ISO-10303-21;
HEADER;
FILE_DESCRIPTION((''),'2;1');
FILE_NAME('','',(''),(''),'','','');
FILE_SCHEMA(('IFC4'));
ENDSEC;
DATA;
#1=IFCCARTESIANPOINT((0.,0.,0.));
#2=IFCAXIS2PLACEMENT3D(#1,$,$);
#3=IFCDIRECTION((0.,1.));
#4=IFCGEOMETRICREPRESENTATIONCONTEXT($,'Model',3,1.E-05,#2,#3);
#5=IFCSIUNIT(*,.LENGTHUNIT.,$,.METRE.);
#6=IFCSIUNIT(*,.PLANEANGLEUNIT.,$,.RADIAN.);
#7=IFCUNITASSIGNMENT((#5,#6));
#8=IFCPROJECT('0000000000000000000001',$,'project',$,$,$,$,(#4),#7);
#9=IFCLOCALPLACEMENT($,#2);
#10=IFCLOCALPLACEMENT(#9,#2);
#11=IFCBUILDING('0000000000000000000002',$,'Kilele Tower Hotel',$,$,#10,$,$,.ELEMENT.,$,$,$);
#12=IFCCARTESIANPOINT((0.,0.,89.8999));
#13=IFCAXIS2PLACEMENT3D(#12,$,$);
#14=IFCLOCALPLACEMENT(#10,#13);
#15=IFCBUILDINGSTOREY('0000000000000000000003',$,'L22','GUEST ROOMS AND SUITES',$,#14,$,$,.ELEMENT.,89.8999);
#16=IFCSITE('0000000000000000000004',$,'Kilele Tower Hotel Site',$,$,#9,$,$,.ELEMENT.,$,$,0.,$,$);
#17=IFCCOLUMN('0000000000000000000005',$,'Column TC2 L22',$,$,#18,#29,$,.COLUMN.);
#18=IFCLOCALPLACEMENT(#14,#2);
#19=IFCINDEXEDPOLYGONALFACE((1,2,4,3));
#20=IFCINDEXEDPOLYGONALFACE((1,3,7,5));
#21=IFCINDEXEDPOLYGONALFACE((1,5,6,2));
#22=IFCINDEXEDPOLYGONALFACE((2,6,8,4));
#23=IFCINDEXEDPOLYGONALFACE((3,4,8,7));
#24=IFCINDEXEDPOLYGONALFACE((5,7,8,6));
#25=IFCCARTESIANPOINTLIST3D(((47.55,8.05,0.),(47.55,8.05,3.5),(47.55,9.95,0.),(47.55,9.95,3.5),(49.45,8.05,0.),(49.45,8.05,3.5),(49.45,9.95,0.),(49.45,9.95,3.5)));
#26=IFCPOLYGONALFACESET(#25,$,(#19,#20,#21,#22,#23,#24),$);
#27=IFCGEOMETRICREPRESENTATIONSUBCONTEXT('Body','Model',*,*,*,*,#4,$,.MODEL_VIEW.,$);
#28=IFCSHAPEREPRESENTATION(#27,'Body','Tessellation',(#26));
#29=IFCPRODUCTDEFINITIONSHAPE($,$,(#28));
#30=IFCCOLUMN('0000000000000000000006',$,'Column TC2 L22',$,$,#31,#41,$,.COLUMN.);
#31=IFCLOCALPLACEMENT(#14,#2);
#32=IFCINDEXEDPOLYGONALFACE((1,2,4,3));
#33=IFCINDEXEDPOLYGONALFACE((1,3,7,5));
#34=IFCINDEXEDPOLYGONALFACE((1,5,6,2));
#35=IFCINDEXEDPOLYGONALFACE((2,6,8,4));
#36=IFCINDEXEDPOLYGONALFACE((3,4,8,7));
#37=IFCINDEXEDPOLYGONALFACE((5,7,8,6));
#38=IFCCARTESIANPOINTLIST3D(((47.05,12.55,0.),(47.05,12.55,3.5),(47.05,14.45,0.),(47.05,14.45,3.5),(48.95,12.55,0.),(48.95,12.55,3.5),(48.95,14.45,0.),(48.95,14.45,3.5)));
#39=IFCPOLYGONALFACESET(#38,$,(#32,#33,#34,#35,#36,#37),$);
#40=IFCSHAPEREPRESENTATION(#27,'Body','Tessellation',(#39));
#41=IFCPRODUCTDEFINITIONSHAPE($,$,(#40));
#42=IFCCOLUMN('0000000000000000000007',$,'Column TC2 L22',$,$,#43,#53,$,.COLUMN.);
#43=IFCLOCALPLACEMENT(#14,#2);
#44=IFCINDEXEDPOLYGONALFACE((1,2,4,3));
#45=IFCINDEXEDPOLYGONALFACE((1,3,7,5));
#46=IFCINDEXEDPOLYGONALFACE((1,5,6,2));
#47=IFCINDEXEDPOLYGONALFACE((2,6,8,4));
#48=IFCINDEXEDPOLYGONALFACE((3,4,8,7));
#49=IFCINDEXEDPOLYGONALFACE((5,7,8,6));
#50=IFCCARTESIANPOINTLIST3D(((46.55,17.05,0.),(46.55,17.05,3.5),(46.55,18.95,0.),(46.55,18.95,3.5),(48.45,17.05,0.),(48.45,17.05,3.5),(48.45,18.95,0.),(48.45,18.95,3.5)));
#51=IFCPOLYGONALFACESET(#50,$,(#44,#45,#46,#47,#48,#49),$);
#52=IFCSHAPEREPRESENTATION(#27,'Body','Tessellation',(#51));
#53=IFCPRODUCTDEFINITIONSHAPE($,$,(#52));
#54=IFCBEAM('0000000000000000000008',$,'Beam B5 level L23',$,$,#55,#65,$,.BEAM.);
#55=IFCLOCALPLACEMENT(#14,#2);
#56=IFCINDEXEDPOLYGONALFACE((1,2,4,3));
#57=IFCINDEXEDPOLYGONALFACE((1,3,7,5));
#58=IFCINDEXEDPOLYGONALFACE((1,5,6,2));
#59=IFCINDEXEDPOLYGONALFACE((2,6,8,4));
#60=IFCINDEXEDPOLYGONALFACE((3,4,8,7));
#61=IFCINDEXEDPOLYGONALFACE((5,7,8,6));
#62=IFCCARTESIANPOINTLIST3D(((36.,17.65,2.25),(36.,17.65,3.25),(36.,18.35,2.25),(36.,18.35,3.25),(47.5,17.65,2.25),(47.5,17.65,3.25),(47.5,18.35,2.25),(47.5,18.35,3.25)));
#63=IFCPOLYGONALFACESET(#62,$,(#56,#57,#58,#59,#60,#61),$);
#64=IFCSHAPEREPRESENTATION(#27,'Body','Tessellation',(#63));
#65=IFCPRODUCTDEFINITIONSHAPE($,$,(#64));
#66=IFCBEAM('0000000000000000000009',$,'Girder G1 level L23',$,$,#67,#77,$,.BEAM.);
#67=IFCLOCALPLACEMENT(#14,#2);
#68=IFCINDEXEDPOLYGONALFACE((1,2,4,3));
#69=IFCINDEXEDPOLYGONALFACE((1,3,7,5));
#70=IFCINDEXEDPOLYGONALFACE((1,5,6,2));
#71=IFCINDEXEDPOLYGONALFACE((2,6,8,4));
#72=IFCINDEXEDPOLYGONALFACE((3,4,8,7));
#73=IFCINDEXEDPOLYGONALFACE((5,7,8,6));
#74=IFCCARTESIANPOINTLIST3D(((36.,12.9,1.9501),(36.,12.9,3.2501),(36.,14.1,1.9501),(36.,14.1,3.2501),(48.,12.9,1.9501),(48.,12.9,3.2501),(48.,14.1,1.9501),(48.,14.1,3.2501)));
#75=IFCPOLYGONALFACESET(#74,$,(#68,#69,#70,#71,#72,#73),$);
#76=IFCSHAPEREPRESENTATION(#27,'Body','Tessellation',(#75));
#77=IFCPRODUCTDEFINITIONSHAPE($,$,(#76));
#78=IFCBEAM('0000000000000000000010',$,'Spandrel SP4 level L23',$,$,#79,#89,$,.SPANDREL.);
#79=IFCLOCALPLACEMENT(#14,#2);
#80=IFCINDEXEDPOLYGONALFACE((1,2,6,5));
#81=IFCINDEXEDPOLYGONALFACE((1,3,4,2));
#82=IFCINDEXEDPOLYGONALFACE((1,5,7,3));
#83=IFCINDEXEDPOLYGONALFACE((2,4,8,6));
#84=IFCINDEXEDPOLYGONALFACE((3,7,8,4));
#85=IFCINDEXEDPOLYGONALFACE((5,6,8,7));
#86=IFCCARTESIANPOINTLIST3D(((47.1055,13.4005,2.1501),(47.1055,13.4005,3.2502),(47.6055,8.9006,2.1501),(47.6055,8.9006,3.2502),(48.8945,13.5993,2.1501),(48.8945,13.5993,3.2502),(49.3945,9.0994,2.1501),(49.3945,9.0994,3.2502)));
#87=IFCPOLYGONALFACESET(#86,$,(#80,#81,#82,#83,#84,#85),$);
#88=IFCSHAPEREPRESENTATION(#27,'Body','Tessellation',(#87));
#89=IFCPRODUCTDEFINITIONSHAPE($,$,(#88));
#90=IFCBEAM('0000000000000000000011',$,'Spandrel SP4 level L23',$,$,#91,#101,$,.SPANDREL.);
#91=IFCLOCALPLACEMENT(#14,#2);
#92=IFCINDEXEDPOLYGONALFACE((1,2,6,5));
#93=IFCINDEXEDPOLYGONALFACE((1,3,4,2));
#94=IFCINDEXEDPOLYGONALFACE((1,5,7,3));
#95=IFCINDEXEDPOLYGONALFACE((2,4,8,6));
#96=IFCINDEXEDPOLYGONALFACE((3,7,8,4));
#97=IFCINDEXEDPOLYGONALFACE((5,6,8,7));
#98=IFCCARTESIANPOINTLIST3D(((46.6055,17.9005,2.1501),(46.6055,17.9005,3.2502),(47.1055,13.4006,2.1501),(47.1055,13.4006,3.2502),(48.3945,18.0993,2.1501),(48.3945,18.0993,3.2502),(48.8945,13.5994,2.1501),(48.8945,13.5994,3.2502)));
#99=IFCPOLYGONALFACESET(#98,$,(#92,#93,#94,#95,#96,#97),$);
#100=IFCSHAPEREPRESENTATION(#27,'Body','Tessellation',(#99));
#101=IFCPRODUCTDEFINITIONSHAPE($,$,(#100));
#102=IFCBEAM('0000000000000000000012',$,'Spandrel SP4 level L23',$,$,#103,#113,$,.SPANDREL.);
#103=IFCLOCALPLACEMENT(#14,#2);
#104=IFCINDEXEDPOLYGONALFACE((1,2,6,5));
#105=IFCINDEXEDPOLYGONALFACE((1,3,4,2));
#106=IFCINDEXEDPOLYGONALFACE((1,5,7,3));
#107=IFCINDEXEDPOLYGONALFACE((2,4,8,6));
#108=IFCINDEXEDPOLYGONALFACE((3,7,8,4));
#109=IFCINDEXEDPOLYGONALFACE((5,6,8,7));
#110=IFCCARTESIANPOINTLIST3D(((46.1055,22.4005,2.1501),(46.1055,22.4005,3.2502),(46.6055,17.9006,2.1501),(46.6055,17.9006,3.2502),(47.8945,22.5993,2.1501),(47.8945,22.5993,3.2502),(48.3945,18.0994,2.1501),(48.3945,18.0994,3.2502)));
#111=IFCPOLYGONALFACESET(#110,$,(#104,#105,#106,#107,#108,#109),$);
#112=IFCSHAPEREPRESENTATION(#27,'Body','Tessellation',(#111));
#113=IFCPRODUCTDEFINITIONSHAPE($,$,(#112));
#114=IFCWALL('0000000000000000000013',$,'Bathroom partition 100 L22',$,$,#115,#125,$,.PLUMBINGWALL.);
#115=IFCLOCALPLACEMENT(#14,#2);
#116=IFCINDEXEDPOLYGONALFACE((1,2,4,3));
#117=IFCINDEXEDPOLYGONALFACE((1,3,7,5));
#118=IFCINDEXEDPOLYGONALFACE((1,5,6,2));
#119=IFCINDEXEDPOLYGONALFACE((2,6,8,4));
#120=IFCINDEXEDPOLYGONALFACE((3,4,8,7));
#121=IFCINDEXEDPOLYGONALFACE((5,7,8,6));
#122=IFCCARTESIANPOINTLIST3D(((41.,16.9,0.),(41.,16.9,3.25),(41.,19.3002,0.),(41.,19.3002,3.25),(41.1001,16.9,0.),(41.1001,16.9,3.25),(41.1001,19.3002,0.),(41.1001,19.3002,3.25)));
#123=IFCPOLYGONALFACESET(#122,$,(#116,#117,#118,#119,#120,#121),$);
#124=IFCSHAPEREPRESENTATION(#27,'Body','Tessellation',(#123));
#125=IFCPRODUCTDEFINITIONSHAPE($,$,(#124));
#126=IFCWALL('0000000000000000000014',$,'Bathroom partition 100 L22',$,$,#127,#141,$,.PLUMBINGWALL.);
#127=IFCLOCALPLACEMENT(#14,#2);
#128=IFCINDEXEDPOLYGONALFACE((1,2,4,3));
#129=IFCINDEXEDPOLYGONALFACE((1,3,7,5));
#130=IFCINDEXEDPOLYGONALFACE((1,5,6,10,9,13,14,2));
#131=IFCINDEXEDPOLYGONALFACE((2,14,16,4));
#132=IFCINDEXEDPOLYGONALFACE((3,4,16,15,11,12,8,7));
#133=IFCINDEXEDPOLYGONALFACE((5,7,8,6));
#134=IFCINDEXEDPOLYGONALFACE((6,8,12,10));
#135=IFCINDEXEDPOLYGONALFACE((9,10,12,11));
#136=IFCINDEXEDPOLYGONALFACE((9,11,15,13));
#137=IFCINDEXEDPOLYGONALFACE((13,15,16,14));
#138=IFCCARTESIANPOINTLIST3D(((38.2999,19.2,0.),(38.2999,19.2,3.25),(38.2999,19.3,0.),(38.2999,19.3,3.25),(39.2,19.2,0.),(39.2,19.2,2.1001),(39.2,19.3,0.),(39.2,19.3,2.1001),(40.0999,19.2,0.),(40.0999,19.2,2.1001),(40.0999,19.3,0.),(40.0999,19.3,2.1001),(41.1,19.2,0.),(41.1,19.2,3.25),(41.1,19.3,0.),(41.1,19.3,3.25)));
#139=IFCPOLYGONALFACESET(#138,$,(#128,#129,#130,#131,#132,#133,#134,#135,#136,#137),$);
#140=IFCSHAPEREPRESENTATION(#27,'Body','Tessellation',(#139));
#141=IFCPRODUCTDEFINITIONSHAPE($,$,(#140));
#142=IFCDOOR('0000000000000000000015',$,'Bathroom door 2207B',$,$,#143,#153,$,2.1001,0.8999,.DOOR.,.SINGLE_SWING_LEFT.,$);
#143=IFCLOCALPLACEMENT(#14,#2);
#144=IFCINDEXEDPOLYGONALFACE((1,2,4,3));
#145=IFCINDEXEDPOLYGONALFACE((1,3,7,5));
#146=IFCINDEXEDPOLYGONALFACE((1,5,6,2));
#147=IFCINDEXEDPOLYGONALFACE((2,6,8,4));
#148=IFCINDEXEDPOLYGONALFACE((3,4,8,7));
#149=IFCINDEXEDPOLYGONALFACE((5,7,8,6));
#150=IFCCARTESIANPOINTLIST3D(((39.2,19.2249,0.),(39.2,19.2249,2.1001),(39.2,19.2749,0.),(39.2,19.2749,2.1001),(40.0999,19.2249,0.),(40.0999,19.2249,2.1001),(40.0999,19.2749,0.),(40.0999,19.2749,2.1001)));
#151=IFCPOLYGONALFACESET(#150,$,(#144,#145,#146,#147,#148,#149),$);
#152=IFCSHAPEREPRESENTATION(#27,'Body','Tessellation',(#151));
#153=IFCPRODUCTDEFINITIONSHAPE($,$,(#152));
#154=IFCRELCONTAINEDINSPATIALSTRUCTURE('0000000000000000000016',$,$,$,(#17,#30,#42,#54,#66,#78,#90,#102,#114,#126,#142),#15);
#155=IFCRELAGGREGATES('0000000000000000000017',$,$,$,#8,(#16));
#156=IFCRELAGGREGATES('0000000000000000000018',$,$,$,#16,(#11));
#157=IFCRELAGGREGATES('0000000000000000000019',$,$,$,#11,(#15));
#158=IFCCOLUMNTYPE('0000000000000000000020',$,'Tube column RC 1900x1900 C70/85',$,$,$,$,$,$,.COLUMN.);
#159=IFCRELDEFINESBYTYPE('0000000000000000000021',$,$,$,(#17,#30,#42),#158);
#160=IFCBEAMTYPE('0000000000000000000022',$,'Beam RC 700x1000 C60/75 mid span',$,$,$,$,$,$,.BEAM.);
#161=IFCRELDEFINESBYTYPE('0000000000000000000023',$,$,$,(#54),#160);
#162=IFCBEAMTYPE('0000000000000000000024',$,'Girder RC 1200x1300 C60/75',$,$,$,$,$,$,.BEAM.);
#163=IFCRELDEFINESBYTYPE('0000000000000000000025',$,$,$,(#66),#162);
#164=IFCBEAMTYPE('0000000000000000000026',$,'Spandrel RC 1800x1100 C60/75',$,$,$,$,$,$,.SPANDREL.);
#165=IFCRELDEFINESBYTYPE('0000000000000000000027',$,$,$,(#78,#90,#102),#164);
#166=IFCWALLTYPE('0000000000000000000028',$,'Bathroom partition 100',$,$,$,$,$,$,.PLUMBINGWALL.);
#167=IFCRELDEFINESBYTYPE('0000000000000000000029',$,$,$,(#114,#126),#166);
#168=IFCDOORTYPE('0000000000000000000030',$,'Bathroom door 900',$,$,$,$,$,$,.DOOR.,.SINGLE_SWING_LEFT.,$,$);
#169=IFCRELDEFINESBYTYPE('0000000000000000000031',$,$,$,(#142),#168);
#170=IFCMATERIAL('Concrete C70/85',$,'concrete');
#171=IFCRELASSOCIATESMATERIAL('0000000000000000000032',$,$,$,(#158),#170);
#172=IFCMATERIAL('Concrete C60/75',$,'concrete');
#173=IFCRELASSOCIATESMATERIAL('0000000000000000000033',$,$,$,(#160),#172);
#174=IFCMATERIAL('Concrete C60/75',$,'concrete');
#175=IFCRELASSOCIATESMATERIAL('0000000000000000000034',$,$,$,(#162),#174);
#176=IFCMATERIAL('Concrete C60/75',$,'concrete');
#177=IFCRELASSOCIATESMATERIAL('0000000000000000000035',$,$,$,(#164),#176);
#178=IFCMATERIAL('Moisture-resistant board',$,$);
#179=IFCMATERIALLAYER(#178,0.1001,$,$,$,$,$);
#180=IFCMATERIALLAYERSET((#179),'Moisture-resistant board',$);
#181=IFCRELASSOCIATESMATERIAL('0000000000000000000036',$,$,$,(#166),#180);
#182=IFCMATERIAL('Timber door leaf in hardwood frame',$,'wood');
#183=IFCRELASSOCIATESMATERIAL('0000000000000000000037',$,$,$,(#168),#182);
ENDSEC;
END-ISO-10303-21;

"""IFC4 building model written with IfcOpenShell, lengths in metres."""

from ifc_helpers import new_model, si_unit, direction, frame, frame_2d, origin, origin_2d, place, context, subcontext, project, spatial, rectangle, extrude, material, layer, layer_set, material_profile, profile_set, type_object, element, fill, save


model = new_model("IFC4")

# Units and contexts
model_context = context("Model", 3, precision=1e-05, world=origin(), true_north=direction((0.0, 1.0)))
body_context = subcontext(model_context, "Body", "Model", "MODEL_VIEW")
ifc_project = project(units=[si_unit("LENGTHUNIT", "METRE"), si_unit("PLANEANGLEUNIT", "RADIAN")], contexts=[model_context])

# Site, building, storey
site_placement = place(None, origin())
site = spatial("IfcSite", under=ifc_project, at=site_placement, Name="Kilele Tower Hotel Site", CompositionType="ELEMENT", RefElevation=0.0)
building_placement = place(site_placement, origin())
building = spatial("IfcBuilding", under=site, at=building_placement, Name="Kilele Tower Hotel", CompositionType="ELEMENT")
storey_placement = place(building_placement, frame((0.0, 0.0, 89.8999)))
storey = spatial("IfcBuildingStorey", under=building, at=storey_placement, Name="L22", Description="GUEST ROOMS AND SUITES", CompositionType="ELEMENT", Elevation=89.8999)

# Columns
ifc_material_1 = material(Name="Concrete C70/85", Category="concrete")
ifc_material_profile_1 = material_profile(ifc_material_1, rectangle(XDim=1.8999, YDim=1.8999, at=origin_2d()))
ifc_profile_set_1 = profile_set([ifc_material_profile_1], Name="Concrete C70/85")
column_type = type_object("IfcColumnType", Name="Tube column RC 1900x1900 C70/85", PredefinedType="COLUMN", material=ifc_profile_set_1)
for number, where, z_axis, x_axis, name in (
    (1, (48.5, 9.0, 0.0), (0.0, 0.0, 1.0), (1.0, 0.0, 0.0), "Column TC2 L22"),
    (2, (48.0, 13.5, 0.0), (0.0, 0.0, 1.0), (1.0, 0.0, 0.0), "Column TC2 L22"),
    (3, (47.5, 18.0, 0.0), (0.0, 0.0, 1.0), (1.0, 0.0, 0.0), "Column TC2 L22"),
):
    element("IfcColumn", number, at=place(storey_placement, frame(where, z_axis=z_axis, x_axis=x_axis)), inside=storey, type_object=column_type, Name=name, PredefinedType="COLUMN", context=body_context, shape_type="SweptSolid", body=[
        extrude(rectangle(XDim=1.8999, YDim=1.8999, at=origin_2d()), origin(), (0.0, 0.0, 1.0), 3.5),
    ])

# Beams
ifc_material_2 = material(Name="Concrete C60/75", Category="concrete")
ifc_material_profile_2 = material_profile(ifc_material_2, rectangle(XDim=0.7, YDim=1.0, at=origin_2d()))
ifc_profile_set_2 = profile_set([ifc_material_profile_2], Name="Concrete C60/75")
beam_type_1 = type_object("IfcBeamType", Name="Beam RC 700x1000 C60/75 mid span", PredefinedType="BEAM", material=ifc_profile_set_2)
beam_1_placement = place(storey_placement, frame((47.5, 18.0, 2.75), z_axis=(-1.0, 0.0, 0.0), x_axis=(0.0, -1.0, 0.0)))
element("IfcBeam", 4, at=beam_1_placement, inside=storey, type_object=beam_type_1, Name="Beam B5 level L23", PredefinedType="BEAM", context=body_context, shape_type="SweptSolid", body=[
    extrude(rectangle(XDim=0.7, YDim=1.0, at=origin_2d()), origin(), (0.0, 0.0, 1.0), 11.5),
])
ifc_material_3 = material(Name="Concrete C60/75", Category="concrete")
ifc_material_profile_3 = material_profile(ifc_material_3, rectangle(XDim=1.2, YDim=1.3, at=origin_2d()))
ifc_profile_set_3 = profile_set([ifc_material_profile_3], Name="Concrete C60/75")
beam_type_2 = type_object("IfcBeamType", Name="Girder RC 1200x1300 C60/75", PredefinedType="BEAM", material=ifc_profile_set_3)
beam_2_placement = place(storey_placement, frame((48.0, 13.5, 2.6001), z_axis=(-1.0, 0.0, 0.0), x_axis=(0.0, -1.0, 0.0)))
element("IfcBeam", 5, at=beam_2_placement, inside=storey, type_object=beam_type_2, Name="Girder G1 level L23", PredefinedType="BEAM", context=body_context, shape_type="SweptSolid", body=[
    extrude(rectangle(XDim=1.2, YDim=1.3, at=origin_2d()), origin(), (0.0, 0.0, 1.0), 12.0),
])
ifc_material_4 = material(Name="Concrete C60/75", Category="concrete")
ifc_material_profile_4 = material_profile(ifc_material_4, rectangle(XDim=1.8, YDim=1.1001, at=origin_2d()))
ifc_profile_set_4 = profile_set([ifc_material_profile_4], Name="Concrete C60/75")
beam_type_3 = type_object("IfcBeamType", Name="Spandrel RC 1800x1100 C60/75", PredefinedType="SPANDREL", material=ifc_profile_set_4)
for number, where, z_axis, x_axis, name in (
    (6, (48.5, 9.0, 2.7002), (-0.110432, 0.993884, 0.0), (-0.993884, -0.110432, 0.0), "Spandrel SP4 level L23"),
    (7, (48.0, 13.5, 2.7002), (-0.110432, 0.993884, 0.0), (-0.993884, -0.110432, 0.0), "Spandrel SP4 level L23"),
    (8, (47.5, 18.0, 2.7002), (-0.110432, 0.993884, 0.0), (-0.993884, -0.110432, 0.0), "Spandrel SP4 level L23"),
):
    element("IfcBeam", number, at=place(storey_placement, frame(where, z_axis=z_axis, x_axis=x_axis)), inside=storey, type_object=beam_type_3, Name=name, PredefinedType="SPANDREL", context=body_context, shape_type="SweptSolid", body=[
        extrude(rectangle(XDim=1.8, YDim=1.1001, at=origin_2d()), origin(), (0.0, 0.0, 1.0), 4.5276),
    ])

# Wall
ifc_material_5 = material(Name="Moisture-resistant board")
ifc_layer_1 = layer(ifc_material_5, 0.1001)
ifc_layer_set_1 = layer_set([ifc_layer_1], Name="Moisture-resistant board")
wall_type_1 = type_object("IfcWallType", Name="Bathroom partition 100", PredefinedType="PLUMBINGWALL", material=ifc_layer_set_1)
wall_1_placement = place(storey_placement, frame((41.05, 16.8999, 0.0), z_axis=(0.0, 0.0, 1.0), x_axis=(0.0, 1.0, 0.0)))
element("IfcWall", 9, at=wall_1_placement, inside=storey, type_object=wall_type_1, Name="Bathroom partition 100 L22", PredefinedType="PLUMBINGWALL", context=body_context, shape_type="SweptSolid", body=[
    extrude(rectangle(XDim=2.4001, YDim=0.1001, at=frame_2d((1.2002, 0.0))), origin(), (0.0, 0.0, 1.0), 3.25),
])

# Wall, opening, door
wall_2_placement = place(storey_placement, frame((38.3, 19.25, 0.0), z_axis=(0.0, 0.0, 1.0), x_axis=(1.0, 0.0, 0.0)))
wall_2 = element("IfcWall", 10, at=wall_2_placement, inside=storey, type_object=wall_type_1, Name="Bathroom partition 100 L22", PredefinedType="PLUMBINGWALL", context=body_context, shape_type="SweptSolid", body=[
    extrude(rectangle(XDim=2.8, YDim=0.1001, at=frame_2d((1.3999, 0.0))), origin(), (0.0, 0.0, 1.0), 3.25),
])
opening_1_placement = place(wall_2_placement, frame((0.8999, 0.0, 0.0)))
opening_1 = element("IfcOpeningElement", 11, at=opening_1_placement, cuts=wall_2, PredefinedType="OPENING", context=body_context, shape_type="SweptSolid", body=[
    extrude(rectangle(XDim=0.8999, YDim=2.1001, at=frame_2d((0.45, 1.05))), frame((0.0, 0.0601, 0.0), z_axis=(0.0, -1.0, 0.0), x_axis=(1.0, 0.0, 0.0)), (0.0, 0.0, 1.0), 0.1201),
])
ifc_material_6 = material(Name="Timber door leaf in hardwood frame", Category="wood")
door_type_1 = type_object("IfcDoorType", Name="Bathroom door 900", OperationType="SINGLE_SWING_LEFT", PredefinedType="DOOR", material=ifc_material_6)
door_1_placement = place(opening_1_placement, origin())
door_1 = element("IfcDoor", 12, at=door_1_placement, inside=storey, type_object=door_type_1, Name="Bathroom door 2207B", OperationType="SINGLE_SWING_LEFT", OverallHeight=2.1001, OverallWidth=0.8999, PredefinedType="DOOR", context=body_context, shape_type="SweptSolid", body=[
    extrude(rectangle(XDim=0.8999, YDim=2.1001, at=frame_2d((0.45, 1.05))), frame((0.0, 0.0249, 0.0), z_axis=(0.0, -1.0, 0.0), x_axis=(1.0, 0.0, 0.0)), (0.0, 0.0, 1.0), 0.05),
])
fill(opening_1, door_1)

save(model, "model.ifc")
